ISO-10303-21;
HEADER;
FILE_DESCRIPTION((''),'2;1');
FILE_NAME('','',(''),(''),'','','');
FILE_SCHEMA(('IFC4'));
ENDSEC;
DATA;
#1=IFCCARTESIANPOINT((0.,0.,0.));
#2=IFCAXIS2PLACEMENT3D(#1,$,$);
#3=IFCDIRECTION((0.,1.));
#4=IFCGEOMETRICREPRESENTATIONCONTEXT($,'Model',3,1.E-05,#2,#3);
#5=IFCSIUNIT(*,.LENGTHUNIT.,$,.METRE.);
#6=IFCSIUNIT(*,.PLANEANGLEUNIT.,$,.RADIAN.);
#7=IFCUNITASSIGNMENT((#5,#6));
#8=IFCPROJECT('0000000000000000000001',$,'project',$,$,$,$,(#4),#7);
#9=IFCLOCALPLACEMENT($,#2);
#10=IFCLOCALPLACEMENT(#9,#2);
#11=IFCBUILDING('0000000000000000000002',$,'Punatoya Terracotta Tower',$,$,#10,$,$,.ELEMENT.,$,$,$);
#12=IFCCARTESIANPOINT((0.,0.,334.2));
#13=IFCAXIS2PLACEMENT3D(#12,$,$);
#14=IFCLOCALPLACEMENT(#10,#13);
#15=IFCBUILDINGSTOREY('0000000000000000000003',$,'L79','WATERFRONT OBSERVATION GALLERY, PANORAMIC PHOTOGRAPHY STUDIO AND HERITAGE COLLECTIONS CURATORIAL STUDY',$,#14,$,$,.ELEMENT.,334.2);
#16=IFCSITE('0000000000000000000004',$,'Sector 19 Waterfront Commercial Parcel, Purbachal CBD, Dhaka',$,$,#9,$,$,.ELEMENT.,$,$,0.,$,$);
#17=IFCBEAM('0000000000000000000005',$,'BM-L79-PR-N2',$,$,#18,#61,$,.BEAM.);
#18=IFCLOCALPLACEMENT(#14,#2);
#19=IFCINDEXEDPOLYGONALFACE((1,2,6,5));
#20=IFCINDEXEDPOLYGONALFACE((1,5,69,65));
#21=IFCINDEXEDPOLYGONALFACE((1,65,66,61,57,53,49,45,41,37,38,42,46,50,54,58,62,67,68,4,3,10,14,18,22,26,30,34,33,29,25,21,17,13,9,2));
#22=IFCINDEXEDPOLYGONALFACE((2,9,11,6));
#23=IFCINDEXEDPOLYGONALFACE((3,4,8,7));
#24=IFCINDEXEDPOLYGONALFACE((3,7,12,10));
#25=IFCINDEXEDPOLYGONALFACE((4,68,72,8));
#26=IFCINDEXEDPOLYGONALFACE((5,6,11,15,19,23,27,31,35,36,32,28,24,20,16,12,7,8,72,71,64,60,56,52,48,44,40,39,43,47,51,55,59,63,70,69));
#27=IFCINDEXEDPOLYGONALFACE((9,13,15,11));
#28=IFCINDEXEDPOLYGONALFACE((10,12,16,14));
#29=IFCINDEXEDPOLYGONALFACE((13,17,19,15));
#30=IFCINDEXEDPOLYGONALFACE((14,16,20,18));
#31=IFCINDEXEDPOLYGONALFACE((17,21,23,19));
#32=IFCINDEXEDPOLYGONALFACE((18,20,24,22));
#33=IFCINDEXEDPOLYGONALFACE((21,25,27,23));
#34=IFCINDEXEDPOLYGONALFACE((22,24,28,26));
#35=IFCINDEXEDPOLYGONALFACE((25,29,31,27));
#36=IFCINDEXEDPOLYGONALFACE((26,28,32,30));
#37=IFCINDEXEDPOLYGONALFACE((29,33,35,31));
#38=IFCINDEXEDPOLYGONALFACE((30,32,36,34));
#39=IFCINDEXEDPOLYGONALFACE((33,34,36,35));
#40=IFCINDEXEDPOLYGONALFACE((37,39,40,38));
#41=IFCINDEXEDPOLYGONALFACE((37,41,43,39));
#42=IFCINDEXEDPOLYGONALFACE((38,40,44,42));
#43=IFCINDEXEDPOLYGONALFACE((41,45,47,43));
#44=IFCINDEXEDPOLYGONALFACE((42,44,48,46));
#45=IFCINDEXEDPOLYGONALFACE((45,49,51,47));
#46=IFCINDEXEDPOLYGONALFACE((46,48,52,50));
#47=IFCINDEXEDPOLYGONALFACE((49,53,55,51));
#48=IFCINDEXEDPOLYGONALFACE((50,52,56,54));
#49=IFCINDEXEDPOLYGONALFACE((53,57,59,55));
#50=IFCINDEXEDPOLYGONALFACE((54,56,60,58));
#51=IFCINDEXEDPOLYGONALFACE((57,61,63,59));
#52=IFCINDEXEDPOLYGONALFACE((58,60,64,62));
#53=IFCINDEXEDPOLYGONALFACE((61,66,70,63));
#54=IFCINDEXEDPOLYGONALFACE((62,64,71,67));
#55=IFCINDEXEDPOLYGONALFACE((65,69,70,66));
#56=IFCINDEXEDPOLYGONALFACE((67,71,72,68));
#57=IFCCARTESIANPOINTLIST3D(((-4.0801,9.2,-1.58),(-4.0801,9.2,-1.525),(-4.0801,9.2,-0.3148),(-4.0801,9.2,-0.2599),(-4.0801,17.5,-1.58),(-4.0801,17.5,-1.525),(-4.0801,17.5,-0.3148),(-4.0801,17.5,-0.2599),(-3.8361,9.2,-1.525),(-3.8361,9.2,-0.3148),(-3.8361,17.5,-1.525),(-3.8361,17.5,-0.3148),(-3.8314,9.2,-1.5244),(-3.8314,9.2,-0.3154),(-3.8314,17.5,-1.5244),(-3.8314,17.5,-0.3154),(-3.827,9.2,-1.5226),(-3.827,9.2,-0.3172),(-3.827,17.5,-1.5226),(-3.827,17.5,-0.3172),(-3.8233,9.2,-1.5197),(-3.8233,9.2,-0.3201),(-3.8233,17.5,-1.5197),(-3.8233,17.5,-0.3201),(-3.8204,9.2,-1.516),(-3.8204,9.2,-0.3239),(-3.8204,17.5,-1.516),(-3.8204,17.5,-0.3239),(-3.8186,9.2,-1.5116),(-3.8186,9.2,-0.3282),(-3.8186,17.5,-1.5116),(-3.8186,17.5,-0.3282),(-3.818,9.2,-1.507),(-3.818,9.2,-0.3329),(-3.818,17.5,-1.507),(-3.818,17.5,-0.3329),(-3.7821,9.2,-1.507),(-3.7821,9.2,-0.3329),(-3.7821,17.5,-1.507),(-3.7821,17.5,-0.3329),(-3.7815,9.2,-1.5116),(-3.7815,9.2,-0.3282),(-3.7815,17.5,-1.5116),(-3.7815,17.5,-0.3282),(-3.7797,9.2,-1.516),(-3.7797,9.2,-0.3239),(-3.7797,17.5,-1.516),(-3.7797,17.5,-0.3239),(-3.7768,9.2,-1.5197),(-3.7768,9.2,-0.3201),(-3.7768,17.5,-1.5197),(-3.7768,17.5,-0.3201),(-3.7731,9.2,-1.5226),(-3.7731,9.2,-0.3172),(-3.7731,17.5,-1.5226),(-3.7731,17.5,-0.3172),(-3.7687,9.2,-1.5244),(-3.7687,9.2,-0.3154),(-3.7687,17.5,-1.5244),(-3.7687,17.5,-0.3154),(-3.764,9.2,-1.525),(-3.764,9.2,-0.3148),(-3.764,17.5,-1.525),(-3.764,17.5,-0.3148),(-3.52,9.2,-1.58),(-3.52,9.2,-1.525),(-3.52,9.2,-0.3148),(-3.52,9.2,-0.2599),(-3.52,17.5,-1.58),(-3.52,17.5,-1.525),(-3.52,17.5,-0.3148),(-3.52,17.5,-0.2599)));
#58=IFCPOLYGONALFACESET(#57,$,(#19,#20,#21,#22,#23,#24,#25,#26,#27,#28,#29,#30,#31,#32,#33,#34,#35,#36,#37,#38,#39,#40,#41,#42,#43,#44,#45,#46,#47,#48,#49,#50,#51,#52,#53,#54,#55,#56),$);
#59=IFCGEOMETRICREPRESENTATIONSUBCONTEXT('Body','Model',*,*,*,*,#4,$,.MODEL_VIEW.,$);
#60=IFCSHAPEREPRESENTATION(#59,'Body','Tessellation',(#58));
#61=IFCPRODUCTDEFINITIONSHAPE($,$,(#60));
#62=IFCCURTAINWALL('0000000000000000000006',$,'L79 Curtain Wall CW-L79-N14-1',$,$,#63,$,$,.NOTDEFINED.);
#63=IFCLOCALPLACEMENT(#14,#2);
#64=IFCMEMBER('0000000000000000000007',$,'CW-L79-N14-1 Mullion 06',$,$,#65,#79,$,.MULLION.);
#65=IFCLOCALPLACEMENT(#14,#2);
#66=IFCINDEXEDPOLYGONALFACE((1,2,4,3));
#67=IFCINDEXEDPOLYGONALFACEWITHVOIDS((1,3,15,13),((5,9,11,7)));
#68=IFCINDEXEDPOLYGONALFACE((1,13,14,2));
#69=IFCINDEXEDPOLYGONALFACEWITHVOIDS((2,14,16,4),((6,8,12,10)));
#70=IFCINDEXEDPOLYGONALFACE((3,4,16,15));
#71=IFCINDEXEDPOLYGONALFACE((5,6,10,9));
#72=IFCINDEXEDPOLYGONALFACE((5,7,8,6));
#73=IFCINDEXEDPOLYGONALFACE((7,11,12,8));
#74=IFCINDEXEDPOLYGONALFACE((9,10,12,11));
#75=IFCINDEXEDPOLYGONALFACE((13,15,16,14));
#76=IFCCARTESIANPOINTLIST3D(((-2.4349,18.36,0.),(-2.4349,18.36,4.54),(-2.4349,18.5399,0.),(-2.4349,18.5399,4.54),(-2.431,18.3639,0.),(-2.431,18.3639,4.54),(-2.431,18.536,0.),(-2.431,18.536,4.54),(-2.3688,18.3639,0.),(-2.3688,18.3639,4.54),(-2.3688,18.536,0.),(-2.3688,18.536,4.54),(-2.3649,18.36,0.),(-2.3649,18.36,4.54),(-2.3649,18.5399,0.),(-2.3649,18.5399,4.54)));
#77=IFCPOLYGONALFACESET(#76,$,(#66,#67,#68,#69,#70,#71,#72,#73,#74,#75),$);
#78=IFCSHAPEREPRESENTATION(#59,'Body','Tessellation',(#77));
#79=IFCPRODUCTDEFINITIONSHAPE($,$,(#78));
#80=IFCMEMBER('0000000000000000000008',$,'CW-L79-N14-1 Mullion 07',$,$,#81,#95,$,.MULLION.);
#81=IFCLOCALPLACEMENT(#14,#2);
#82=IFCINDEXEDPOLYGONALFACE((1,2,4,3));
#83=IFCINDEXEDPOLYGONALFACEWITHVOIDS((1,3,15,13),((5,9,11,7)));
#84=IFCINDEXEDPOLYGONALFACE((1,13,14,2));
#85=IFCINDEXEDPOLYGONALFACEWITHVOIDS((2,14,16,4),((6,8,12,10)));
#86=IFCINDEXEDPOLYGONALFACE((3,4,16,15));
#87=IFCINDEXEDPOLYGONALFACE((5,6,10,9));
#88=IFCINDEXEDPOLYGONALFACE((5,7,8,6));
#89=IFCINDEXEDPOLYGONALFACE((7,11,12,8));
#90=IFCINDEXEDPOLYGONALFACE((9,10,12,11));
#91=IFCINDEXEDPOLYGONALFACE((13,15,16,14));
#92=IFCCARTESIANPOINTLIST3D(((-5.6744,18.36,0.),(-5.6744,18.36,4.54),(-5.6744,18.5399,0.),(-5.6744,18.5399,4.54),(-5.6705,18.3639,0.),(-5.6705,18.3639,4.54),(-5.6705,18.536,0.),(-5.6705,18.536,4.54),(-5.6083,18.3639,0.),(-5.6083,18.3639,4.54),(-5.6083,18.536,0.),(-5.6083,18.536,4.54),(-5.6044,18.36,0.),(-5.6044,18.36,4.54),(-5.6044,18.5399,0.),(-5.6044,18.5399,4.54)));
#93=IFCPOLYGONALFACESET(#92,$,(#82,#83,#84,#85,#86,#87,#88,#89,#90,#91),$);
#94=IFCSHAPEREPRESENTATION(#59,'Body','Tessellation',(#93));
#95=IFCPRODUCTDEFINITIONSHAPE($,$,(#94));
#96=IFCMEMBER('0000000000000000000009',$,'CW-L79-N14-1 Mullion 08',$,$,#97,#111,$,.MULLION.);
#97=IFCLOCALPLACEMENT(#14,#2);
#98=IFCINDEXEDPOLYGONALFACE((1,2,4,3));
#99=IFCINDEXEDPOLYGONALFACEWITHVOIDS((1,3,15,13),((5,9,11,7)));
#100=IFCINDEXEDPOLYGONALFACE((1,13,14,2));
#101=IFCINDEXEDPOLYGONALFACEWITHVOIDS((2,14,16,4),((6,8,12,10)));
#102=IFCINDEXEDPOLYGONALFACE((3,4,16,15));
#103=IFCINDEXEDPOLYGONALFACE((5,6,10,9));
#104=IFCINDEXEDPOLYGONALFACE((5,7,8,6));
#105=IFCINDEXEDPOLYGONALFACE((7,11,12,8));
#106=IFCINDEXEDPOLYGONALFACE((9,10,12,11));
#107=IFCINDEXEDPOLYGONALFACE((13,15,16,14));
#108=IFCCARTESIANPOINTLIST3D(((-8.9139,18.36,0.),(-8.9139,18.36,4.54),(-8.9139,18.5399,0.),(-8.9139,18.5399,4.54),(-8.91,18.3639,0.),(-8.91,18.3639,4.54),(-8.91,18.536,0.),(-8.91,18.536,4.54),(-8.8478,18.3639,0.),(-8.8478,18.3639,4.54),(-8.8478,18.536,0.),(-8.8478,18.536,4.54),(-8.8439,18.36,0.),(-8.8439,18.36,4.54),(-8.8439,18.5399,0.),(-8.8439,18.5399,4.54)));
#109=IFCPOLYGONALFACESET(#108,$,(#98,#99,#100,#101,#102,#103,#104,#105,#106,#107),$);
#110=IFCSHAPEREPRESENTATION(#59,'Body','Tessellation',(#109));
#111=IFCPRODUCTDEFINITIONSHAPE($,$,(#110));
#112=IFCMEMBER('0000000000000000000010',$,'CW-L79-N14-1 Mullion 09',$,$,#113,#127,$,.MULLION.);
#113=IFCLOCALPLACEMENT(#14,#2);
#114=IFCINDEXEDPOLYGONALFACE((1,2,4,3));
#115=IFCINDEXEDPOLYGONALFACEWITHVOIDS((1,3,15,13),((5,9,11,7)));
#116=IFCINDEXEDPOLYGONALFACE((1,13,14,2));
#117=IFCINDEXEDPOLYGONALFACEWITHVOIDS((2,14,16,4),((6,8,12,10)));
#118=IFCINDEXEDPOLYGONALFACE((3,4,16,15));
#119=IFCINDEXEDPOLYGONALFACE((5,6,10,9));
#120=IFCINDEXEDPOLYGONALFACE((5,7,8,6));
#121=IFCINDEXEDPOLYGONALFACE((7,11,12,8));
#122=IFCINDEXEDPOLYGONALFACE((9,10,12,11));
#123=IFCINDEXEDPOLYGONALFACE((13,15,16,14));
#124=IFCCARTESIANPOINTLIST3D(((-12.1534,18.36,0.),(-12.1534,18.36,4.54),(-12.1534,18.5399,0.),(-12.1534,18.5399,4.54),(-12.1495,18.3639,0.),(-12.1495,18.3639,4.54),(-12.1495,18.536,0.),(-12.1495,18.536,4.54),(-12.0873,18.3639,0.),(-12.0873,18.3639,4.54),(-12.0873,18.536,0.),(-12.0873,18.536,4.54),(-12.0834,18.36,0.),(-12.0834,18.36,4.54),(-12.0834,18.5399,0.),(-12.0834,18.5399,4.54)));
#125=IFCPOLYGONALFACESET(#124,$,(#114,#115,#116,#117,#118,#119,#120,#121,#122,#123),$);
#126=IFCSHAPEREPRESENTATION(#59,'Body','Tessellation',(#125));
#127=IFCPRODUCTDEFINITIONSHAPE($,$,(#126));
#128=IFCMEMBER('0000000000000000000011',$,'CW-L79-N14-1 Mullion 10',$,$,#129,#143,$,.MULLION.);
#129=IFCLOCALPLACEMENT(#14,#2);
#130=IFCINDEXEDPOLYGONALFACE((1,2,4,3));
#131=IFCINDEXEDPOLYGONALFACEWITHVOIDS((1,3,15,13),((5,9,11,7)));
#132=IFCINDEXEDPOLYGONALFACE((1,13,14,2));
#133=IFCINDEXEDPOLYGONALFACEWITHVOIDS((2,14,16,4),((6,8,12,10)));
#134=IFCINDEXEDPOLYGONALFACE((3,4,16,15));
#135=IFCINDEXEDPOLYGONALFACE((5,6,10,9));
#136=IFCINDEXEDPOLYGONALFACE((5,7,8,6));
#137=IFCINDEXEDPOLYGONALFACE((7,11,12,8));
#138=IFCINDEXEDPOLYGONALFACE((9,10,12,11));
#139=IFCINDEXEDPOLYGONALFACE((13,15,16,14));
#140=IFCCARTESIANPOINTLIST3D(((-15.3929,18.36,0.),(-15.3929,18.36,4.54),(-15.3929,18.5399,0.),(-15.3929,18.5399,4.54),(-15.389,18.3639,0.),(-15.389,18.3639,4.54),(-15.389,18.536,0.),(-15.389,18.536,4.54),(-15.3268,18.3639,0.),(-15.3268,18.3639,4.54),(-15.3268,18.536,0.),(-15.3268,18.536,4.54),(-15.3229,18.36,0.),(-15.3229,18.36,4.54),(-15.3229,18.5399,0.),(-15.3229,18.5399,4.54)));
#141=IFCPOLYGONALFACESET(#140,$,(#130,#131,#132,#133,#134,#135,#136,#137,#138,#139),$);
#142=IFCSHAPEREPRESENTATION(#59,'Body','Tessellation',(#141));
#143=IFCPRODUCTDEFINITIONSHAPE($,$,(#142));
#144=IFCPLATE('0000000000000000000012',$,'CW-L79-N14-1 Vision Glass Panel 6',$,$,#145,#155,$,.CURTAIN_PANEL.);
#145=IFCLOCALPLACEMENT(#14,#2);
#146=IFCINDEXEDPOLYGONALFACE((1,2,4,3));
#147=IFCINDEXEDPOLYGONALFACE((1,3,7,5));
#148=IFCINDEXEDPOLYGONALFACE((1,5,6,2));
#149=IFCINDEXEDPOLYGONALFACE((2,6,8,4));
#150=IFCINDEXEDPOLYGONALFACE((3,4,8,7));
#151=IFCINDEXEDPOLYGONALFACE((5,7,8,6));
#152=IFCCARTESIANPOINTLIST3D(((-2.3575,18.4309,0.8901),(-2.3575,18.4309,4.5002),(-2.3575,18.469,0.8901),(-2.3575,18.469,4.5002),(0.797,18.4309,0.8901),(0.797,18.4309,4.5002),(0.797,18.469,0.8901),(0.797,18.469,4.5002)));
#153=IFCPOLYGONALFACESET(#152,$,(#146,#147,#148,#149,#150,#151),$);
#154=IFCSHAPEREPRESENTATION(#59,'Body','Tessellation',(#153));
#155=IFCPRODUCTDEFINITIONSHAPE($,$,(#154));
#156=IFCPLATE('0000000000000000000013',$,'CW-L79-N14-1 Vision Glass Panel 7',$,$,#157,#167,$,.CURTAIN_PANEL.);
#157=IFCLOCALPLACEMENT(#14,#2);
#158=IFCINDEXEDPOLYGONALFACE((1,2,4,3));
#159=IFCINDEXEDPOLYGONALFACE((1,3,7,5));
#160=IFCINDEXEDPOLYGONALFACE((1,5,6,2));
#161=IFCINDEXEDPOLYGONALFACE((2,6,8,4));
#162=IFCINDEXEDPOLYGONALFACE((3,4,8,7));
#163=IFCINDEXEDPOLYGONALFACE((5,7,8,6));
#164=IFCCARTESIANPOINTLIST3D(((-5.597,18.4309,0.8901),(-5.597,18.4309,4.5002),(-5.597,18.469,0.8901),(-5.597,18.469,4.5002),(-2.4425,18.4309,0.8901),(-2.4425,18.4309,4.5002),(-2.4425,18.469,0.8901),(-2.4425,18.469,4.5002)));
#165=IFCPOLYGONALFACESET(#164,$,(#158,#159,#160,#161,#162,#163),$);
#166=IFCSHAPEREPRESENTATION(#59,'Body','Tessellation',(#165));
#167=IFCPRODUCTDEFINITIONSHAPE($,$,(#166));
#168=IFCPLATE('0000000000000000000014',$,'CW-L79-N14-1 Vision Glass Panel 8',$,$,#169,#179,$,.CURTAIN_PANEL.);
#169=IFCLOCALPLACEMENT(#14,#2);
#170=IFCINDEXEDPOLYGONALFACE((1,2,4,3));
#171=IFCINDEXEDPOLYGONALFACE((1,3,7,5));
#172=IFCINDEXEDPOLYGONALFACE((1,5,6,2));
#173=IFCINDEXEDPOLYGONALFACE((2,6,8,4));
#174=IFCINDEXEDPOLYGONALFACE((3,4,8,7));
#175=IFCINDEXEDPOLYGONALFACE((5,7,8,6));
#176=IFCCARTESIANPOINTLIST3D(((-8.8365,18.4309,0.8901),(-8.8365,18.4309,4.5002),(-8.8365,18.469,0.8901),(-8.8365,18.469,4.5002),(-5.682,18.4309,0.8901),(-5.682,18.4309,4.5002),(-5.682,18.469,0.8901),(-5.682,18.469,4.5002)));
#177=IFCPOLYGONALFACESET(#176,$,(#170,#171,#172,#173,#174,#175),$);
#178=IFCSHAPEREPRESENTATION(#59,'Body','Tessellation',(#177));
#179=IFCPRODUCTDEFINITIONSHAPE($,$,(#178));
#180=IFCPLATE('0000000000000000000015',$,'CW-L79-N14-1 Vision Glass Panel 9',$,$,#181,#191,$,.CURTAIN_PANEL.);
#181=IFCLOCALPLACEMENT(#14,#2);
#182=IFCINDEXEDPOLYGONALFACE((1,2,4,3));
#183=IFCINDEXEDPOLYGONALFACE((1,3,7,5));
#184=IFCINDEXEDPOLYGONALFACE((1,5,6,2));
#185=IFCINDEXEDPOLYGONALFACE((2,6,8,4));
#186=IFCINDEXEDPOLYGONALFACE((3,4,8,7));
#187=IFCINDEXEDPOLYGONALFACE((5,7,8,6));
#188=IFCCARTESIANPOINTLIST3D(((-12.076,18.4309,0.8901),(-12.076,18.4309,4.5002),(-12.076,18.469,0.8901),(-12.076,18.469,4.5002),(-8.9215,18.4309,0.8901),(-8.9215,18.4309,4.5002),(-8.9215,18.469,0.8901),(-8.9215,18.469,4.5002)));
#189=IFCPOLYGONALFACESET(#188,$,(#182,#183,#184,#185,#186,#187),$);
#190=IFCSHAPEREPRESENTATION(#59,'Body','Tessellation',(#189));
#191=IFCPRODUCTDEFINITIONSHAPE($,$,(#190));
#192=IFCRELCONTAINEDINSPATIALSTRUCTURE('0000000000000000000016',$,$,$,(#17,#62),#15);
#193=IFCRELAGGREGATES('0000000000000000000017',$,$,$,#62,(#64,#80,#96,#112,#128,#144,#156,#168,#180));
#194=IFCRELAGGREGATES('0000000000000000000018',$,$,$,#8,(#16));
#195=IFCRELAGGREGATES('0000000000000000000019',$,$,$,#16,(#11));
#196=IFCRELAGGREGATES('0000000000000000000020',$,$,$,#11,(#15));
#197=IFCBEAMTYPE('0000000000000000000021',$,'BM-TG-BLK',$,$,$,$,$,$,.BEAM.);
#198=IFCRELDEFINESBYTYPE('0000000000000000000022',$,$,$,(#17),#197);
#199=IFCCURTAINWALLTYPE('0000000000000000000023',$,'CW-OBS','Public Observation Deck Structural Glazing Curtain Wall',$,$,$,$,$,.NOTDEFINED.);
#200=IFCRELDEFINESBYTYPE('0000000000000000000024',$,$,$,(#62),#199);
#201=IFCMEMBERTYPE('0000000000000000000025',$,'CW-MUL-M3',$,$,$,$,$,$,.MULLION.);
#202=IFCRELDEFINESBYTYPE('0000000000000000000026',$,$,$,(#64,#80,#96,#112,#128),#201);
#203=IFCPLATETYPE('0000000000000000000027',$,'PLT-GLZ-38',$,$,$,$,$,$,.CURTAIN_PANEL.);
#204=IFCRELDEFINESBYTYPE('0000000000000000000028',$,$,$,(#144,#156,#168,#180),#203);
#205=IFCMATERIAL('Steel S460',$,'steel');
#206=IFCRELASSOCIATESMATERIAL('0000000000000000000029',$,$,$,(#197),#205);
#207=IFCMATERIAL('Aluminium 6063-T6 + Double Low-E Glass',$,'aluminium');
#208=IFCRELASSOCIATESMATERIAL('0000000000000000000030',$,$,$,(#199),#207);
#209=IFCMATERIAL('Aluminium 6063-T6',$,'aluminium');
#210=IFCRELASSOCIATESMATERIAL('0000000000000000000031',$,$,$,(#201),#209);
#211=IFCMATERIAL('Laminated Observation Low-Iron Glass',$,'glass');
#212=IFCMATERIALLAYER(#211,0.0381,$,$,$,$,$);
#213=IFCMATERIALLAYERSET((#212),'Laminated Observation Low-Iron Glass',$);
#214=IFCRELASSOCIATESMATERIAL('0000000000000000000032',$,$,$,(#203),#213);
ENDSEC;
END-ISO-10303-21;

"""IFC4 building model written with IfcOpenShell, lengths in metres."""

from ifc_helpers import new_model, si_unit, direction, frame, origin, origin_2d, place, context, subcontext, project, spatial, rectangle, hollow_rectangle, i_section, extrude, material, layer, layer_set, material_profile, profile_set, type_object, element, aggregate, save


model = new_model("IFC4")

# Units and contexts
model_context = context("Model", 3, precision=1e-05, world=origin(), true_north=direction((0.0, 1.0)))
body_context = subcontext(model_context, "Body", "Model", "MODEL_VIEW")
ifc_project = project(units=[si_unit("LENGTHUNIT", "METRE"), si_unit("PLANEANGLEUNIT", "RADIAN")], contexts=[model_context])

# Site, building, storey
site_placement = place(None, origin())
site = spatial("IfcSite", under=ifc_project, at=site_placement, Name="Sector 19 Waterfront Commercial Parcel, Purbachal CBD, Dhaka", CompositionType="ELEMENT", RefElevation=0.0)
building_placement = place(site_placement, origin())
building = spatial("IfcBuilding", under=site, at=building_placement, Name="Punatoya Terracotta Tower", CompositionType="ELEMENT")
storey_placement = place(building_placement, frame((0.0, 0.0, 334.2)))
storey = spatial("IfcBuildingStorey", under=building, at=storey_placement, Name="L79", Description="WATERFRONT OBSERVATION GALLERY, PANORAMIC PHOTOGRAPHY STUDIO AND HERITAGE COLLECTIONS CURATORIAL STUDY", CompositionType="ELEMENT", Elevation=334.2)

# Shared definitions
ifc_material_1 = material(Name="Steel S460", Category="steel")

# Beam
ifc_material_profile_1 = material_profile(ifc_material_1, i_section(OverallWidth=0.5601, OverallDepth=1.3201, WebThickness=0.0359, FlangeThickness=0.0549, FilletRadius=0.0181, at=origin_2d()))
ifc_profile_set_1 = profile_set([ifc_material_profile_1], Name="Steel S460")
beam_type_1 = type_object("IfcBeamType", Name="BM-TG-BLK", PredefinedType="BEAM", material=ifc_profile_set_1)
for number, where, z_axis, x_axis, name in (
    (1, (-3.8, 9.2, -0.9199), (0.0, 1.0, 0.0), (-1.0, 0.0, 0.0), "BM-L79-PR-N2"),
):
    element("IfcBeam", number, at=place(storey_placement, frame(where, z_axis=z_axis, x_axis=x_axis)), inside=storey, type_object=beam_type_1, Name=name, PredefinedType="BEAM", context=body_context, shape_type="SweptSolid", body=[
        extrude(i_section(OverallWidth=0.5601, OverallDepth=1.3201, WebThickness=0.0359, FlangeThickness=0.0549, FilletRadius=0.0181, at=origin_2d()), origin(), (0.0, 0.0, 1.0), 8.3),
    ])

# Curtain wall, members, plates
ifc_material_2 = material(Name="Aluminium 6063-T6 + Double Low-E Glass", Category="aluminium")
curtain_wall_type = type_object("IfcCurtainWallType", Name="CW-OBS", Description="Public Observation Deck Structural Glazing Curtain Wall", PredefinedType="NOTDEFINED", material=ifc_material_2)
curtain_wall_placement = place(storey_placement, origin())
curtain_wall = element("IfcCurtainWall", 2, at=curtain_wall_placement, inside=storey, type_object=curtain_wall_type, Name="L79 Curtain Wall CW-L79-N14-1", PredefinedType="NOTDEFINED")
ifc_material_3 = material(Name="Aluminium 6063-T6", Category="aluminium")
ifc_material_profile_2 = material_profile(ifc_material_3, hollow_rectangle(XDim=0.0701, YDim=0.1799, WallThickness=0.0039, at=origin_2d()))
ifc_profile_set_2 = profile_set([ifc_material_profile_2], Name="Aluminium 6063-T6")
member_type = type_object("IfcMemberType", Name="CW-MUL-M3", PredefinedType="MULLION", material=ifc_profile_set_2)
member_1_placement = place(storey_placement, frame((-2.3999, 18.45, 0.0), z_axis=(0.0, 0.0, 1.0), x_axis=(1.0, 0.0, 0.0)))
member_1 = element("IfcMember", 3, at=member_1_placement, type_object=member_type, Name="CW-L79-N14-1 Mullion 06", PredefinedType="MULLION", context=body_context, shape_type="SweptSolid", body=[
    extrude(hollow_rectangle(XDim=0.0701, YDim=0.1799, WallThickness=0.0039, at=origin_2d()), origin(), (0.0, 0.0, 1.0), 4.54),
])
member_2_placement = place(storey_placement, frame((-5.6394, 18.45, 0.0), z_axis=(0.0, 0.0, 1.0), x_axis=(1.0, 0.0, 0.0)))
member_2 = element("IfcMember", 4, at=member_2_placement, type_object=member_type, Name="CW-L79-N14-1 Mullion 07", PredefinedType="MULLION", context=body_context, shape_type="SweptSolid", body=[
    extrude(hollow_rectangle(XDim=0.0701, YDim=0.1799, WallThickness=0.0039, at=origin_2d()), origin(), (0.0, 0.0, 1.0), 4.54),
])
member_3_placement = place(storey_placement, frame((-8.8789, 18.45, 0.0), z_axis=(0.0, 0.0, 1.0), x_axis=(1.0, 0.0, 0.0)))
member_3 = element("IfcMember", 5, at=member_3_placement, type_object=member_type, Name="CW-L79-N14-1 Mullion 08", PredefinedType="MULLION", context=body_context, shape_type="SweptSolid", body=[
    extrude(hollow_rectangle(XDim=0.0701, YDim=0.1799, WallThickness=0.0039, at=origin_2d()), origin(), (0.0, 0.0, 1.0), 4.54),
])
member_4_placement = place(storey_placement, frame((-12.1184, 18.45, 0.0), z_axis=(0.0, 0.0, 1.0), x_axis=(1.0, 0.0, 0.0)))
member_4 = element("IfcMember", 6, at=member_4_placement, type_object=member_type, Name="CW-L79-N14-1 Mullion 09", PredefinedType="MULLION", context=body_context, shape_type="SweptSolid", body=[
    extrude(hollow_rectangle(XDim=0.0701, YDim=0.1799, WallThickness=0.0039, at=origin_2d()), origin(), (0.0, 0.0, 1.0), 4.54),
])
member_5_placement = place(storey_placement, frame((-15.3579, 18.45, 0.0), z_axis=(0.0, 0.0, 1.0), x_axis=(1.0, 0.0, 0.0)))
member_5 = element("IfcMember", 7, at=member_5_placement, type_object=member_type, Name="CW-L79-N14-1 Mullion 10", PredefinedType="MULLION", context=body_context, shape_type="SweptSolid", body=[
    extrude(hollow_rectangle(XDim=0.0701, YDim=0.1799, WallThickness=0.0039, at=origin_2d()), origin(), (0.0, 0.0, 1.0), 4.54),
])
ifc_material_4 = material(Name="Laminated Observation Low-Iron Glass", Category="glass")
ifc_layer_1 = layer(ifc_material_4, 0.0381)
ifc_layer_set_1 = layer_set([ifc_layer_1], Name="Laminated Observation Low-Iron Glass")
plate_type_1 = type_object("IfcPlateType", Name="PLT-GLZ-38", PredefinedType="CURTAIN_PANEL", material=ifc_layer_set_1)
plate_1_placement = place(storey_placement, frame((-0.7803, 18.45, 0.8901), z_axis=(0.0, 0.0, 1.0), x_axis=(-1.0, 0.0, 0.0)))
plate_1 = element("IfcPlate", 8, at=plate_1_placement, type_object=plate_type_1, Name="CW-L79-N14-1 Vision Glass Panel 6", PredefinedType="CURTAIN_PANEL", context=body_context, shape_type="SweptSolid", body=[
    extrude(rectangle(XDim=3.1545, YDim=0.0381, at=origin_2d()), origin(), (0.0, 0.0, 1.0), 3.6101),
])
plate_2_placement = place(storey_placement, frame((-4.0198, 18.45, 0.8901), z_axis=(0.0, 0.0, 1.0), x_axis=(-1.0, 0.0, 0.0)))
plate_2 = element("IfcPlate", 9, at=plate_2_placement, type_object=plate_type_1, Name="CW-L79-N14-1 Vision Glass Panel 7", PredefinedType="CURTAIN_PANEL", context=body_context, shape_type="SweptSolid", body=[
    extrude(rectangle(XDim=3.1545, YDim=0.0381, at=origin_2d()), origin(), (0.0, 0.0, 1.0), 3.6101),
])
plate_3_placement = place(storey_placement, frame((-7.2593, 18.45, 0.8901), z_axis=(0.0, 0.0, 1.0), x_axis=(-1.0, 0.0, 0.0)))
plate_3 = element("IfcPlate", 10, at=plate_3_placement, type_object=plate_type_1, Name="CW-L79-N14-1 Vision Glass Panel 8", PredefinedType="CURTAIN_PANEL", context=body_context, shape_type="SweptSolid", body=[
    extrude(rectangle(XDim=3.1545, YDim=0.0381, at=origin_2d()), origin(), (0.0, 0.0, 1.0), 3.6101),
])
plate_4_placement = place(storey_placement, frame((-10.4988, 18.45, 0.8901), z_axis=(0.0, 0.0, 1.0), x_axis=(-1.0, 0.0, 0.0)))
plate_4 = element("IfcPlate", 11, at=plate_4_placement, type_object=plate_type_1, Name="CW-L79-N14-1 Vision Glass Panel 9", PredefinedType="CURTAIN_PANEL", context=body_context, shape_type="SweptSolid", body=[
    extrude(rectangle(XDim=3.1545, YDim=0.0381, at=origin_2d()), origin(), (0.0, 0.0, 1.0), 3.6101),
])
aggregate(curtain_wall, [member_1, member_2, member_3, member_4, member_5, plate_1, plate_2, plate_3, plate_4])

save(model, "model.ifc")
